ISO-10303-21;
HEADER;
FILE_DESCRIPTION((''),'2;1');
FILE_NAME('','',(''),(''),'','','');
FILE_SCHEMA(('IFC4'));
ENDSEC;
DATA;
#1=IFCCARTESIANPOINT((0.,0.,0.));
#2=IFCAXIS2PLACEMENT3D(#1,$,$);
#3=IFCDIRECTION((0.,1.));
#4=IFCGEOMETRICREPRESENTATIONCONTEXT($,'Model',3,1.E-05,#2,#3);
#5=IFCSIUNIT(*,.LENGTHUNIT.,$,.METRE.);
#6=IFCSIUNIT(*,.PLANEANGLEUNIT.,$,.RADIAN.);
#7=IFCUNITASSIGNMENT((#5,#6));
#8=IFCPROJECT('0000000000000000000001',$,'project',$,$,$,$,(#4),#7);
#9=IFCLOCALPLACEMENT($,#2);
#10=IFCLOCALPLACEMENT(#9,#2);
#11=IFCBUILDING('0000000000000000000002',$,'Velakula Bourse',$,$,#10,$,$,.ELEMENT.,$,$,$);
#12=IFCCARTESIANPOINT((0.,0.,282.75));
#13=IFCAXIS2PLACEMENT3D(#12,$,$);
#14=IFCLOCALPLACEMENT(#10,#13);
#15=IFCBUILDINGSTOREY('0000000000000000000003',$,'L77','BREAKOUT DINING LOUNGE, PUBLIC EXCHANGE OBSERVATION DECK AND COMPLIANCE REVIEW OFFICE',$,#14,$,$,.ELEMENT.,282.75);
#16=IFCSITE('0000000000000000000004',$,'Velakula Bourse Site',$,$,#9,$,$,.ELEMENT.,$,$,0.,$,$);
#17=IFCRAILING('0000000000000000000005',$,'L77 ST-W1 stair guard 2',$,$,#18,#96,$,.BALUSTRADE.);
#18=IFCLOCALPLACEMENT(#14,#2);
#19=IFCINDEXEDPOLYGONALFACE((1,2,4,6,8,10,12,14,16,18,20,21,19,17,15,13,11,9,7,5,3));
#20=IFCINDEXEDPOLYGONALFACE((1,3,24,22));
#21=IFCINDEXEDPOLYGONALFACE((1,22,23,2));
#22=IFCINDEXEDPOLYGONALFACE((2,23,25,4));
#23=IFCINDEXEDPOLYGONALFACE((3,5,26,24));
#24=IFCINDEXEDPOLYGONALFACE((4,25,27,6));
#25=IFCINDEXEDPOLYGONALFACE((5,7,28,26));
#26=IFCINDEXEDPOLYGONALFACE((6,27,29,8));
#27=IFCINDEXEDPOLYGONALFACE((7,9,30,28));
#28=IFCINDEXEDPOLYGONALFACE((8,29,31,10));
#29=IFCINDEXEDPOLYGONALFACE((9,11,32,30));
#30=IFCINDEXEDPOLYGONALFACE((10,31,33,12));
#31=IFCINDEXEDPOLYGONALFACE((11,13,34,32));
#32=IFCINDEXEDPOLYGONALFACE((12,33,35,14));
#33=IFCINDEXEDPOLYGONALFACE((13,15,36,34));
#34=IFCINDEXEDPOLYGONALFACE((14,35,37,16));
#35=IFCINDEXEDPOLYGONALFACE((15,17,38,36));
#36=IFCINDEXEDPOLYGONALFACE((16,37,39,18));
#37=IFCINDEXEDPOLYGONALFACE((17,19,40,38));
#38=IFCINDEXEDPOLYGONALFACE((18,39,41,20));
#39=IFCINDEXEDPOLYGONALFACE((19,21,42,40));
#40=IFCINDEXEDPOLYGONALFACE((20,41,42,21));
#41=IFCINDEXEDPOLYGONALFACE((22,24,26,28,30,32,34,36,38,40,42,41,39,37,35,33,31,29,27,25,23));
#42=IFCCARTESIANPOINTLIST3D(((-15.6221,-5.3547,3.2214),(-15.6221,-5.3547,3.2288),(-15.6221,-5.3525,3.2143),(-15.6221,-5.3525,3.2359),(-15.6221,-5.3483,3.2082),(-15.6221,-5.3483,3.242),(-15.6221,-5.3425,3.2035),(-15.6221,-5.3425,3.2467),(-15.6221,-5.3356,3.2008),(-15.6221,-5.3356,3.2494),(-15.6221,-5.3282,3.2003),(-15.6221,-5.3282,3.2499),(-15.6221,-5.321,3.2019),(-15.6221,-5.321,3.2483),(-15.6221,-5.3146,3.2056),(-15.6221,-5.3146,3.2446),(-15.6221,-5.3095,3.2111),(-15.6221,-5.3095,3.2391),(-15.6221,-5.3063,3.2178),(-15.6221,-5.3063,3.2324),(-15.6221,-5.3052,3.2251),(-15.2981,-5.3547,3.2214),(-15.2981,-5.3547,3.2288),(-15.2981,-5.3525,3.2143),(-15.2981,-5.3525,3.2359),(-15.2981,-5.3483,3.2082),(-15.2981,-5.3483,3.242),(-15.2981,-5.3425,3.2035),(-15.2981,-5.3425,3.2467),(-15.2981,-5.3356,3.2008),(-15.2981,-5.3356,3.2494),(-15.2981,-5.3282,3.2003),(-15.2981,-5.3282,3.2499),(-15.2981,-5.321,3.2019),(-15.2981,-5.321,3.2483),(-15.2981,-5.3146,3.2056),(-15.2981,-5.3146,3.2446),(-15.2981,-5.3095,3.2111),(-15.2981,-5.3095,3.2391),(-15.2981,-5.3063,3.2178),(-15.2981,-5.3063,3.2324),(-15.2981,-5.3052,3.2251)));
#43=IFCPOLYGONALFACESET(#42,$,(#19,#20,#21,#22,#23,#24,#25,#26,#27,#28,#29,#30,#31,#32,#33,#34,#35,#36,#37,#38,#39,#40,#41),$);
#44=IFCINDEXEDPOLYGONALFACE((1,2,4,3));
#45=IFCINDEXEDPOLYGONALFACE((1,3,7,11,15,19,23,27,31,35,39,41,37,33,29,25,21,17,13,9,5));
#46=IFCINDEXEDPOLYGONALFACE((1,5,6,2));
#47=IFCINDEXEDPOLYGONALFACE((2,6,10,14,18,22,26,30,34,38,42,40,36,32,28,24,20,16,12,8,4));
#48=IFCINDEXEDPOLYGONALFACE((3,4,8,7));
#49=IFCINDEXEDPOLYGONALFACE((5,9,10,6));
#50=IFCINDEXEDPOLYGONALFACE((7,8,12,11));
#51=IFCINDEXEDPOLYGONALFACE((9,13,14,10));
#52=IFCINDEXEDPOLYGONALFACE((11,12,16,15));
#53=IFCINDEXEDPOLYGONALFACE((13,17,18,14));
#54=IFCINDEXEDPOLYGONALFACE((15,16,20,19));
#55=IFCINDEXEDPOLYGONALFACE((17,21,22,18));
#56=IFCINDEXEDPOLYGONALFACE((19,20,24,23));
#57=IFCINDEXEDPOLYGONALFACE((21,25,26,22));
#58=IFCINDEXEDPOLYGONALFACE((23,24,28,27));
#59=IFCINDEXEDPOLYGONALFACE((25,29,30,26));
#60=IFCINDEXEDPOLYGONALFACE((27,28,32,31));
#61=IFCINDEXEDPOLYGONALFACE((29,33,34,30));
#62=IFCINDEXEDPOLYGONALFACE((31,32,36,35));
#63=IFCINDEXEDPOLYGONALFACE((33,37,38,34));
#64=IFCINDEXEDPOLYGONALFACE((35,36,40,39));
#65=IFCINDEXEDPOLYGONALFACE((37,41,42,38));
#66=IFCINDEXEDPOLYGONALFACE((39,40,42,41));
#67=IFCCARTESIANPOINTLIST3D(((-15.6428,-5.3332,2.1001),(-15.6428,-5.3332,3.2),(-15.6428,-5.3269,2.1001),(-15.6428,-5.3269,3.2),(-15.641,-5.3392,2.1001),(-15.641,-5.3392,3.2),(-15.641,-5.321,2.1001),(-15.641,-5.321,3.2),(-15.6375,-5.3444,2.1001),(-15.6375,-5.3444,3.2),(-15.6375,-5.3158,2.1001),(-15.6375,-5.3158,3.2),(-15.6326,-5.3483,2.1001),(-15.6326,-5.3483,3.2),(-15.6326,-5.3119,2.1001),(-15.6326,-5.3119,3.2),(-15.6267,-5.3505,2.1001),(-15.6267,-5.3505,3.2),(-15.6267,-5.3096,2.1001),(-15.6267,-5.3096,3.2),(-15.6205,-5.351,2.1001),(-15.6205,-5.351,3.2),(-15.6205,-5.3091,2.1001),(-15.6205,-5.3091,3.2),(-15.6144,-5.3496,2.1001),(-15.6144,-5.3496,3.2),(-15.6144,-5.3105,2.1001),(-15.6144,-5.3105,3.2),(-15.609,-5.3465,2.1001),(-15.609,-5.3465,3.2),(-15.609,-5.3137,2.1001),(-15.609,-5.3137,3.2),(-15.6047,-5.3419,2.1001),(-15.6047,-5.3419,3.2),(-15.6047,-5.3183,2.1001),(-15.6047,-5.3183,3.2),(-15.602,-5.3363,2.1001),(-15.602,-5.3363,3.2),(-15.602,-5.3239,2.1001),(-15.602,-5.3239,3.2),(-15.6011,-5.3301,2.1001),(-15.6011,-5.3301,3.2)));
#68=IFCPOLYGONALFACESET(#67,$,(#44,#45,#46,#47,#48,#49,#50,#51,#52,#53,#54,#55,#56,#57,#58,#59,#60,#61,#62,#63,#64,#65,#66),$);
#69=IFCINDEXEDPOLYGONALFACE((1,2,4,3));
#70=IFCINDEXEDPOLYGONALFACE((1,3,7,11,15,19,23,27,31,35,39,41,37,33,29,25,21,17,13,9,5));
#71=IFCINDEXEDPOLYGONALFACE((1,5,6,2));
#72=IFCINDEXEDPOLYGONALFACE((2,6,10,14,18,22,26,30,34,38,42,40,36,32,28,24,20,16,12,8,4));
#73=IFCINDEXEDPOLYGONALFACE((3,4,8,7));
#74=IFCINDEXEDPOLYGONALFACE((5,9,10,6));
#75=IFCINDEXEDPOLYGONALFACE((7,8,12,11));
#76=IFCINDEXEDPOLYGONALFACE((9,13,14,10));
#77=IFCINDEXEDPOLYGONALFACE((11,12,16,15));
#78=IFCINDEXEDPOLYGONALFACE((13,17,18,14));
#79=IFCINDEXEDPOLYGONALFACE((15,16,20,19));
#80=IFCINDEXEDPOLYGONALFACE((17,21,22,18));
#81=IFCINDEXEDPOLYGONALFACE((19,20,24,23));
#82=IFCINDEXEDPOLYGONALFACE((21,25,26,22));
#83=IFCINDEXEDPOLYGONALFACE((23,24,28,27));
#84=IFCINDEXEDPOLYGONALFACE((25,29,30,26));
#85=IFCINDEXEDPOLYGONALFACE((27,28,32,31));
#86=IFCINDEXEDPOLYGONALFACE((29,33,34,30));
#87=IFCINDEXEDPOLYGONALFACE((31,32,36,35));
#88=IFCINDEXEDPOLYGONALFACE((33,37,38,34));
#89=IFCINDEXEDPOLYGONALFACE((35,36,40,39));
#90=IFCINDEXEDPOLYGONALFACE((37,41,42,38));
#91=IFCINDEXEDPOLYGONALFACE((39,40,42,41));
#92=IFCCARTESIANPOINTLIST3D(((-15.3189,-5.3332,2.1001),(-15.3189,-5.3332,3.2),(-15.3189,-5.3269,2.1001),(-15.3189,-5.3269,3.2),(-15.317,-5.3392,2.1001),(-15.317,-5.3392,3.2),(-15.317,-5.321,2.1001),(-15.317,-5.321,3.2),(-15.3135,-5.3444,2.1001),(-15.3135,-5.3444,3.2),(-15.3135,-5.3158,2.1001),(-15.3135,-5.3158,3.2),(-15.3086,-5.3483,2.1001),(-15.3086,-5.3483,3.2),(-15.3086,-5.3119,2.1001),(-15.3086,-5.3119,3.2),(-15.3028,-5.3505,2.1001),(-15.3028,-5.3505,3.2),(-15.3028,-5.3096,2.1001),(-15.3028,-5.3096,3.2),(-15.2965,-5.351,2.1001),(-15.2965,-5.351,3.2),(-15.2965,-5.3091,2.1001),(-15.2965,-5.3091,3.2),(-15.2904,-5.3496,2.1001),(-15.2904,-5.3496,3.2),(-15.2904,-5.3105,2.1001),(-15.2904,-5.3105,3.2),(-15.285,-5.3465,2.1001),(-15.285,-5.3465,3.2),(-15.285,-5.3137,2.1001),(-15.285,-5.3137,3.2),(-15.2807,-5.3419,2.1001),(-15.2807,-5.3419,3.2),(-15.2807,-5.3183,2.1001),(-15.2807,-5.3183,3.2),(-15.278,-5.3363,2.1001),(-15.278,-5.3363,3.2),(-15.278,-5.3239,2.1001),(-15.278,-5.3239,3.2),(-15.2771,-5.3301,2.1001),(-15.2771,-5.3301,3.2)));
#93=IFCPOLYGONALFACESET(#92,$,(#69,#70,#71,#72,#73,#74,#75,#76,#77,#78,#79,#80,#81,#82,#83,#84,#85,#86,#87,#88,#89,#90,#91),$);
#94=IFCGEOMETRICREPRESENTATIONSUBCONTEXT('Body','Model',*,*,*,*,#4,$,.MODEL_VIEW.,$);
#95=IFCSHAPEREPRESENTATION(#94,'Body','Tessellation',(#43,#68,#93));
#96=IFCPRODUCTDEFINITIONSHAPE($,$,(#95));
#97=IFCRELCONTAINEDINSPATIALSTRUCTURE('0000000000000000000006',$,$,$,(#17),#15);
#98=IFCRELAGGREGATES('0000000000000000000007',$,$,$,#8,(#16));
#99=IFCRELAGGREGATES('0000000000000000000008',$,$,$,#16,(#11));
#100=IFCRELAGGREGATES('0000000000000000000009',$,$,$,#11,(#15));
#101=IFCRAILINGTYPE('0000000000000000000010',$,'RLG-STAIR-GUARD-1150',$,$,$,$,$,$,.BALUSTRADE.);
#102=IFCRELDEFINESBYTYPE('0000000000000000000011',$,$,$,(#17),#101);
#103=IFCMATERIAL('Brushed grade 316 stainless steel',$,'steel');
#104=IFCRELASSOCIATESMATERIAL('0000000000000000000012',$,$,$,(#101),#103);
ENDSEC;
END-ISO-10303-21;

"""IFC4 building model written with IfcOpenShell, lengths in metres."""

from ifc_helpers import new_model, si_unit, direction, frame, origin, origin_2d, place, context, subcontext, project, spatial, circle, extrude, material, type_object, element, save


model = new_model("IFC4")

# Units and contexts
model_context = context("Model", 3, precision=1e-05, world=origin(), true_north=direction((0.0, 1.0)))
body_context = subcontext(model_context, "Body", "Model", "MODEL_VIEW")
ifc_project = project(units=[si_unit("LENGTHUNIT", "METRE"), si_unit("PLANEANGLEUNIT", "RADIAN")], contexts=[model_context])

# Site, building, storey
site_placement = place(None, origin())
site = spatial("IfcSite", under=ifc_project, at=site_placement, Name="Velakula Bourse Site", CompositionType="ELEMENT", RefElevation=0.0)
building_placement = place(site_placement, origin())
building = spatial("IfcBuilding", under=site, at=building_placement, Name="Velakula Bourse", CompositionType="ELEMENT")
storey_placement = place(building_placement, frame((0.0, 0.0, 282.75)))
storey = spatial("IfcBuildingStorey", under=building, at=storey_placement, Name="L77", Description="BREAKOUT DINING LOUNGE, PUBLIC EXCHANGE OBSERVATION DECK AND COMPLIANCE REVIEW OFFICE", CompositionType="ELEMENT", Elevation=282.75)

# Shared definitions
ifc_material_1 = material(Name="Brushed grade 316 stainless steel", Category="steel")

# Railing
railing_type_1 = type_object("IfcRailingType", Name="RLG-STAIR-GUARD-1150", PredefinedType="BALUSTRADE", material=ifc_material_1)
railing_1_placement = place(storey_placement, frame((-15.6221, -5.3301, 2.1001)))
element("IfcRailing", 1, at=railing_1_placement, inside=storey, type_object=railing_type_1, Name="L77 ST-W1 stair guard 2", PredefinedType="BALUSTRADE", context=body_context, shape_type="SweptSolid", body=[
    extrude(circle(Radius=0.0249, at=origin_2d()), frame((0.0, 0.0, 1.125), z_axis=(1.0, 0.0, 0.0), x_axis=(0.0, 1.0, 0.0)), (0.0, 0.0, 1.0), 0.324),
    extrude(circle(Radius=0.021, at=origin_2d()), origin(), (0.0, 0.0, 1.0), 1.0999),
    extrude(circle(Radius=0.021, at=origin_2d()), frame((0.324, 0.0, 0.0)), (0.0, 0.0, 1.0), 1.0999),
])

save(model, "model.ifc")
